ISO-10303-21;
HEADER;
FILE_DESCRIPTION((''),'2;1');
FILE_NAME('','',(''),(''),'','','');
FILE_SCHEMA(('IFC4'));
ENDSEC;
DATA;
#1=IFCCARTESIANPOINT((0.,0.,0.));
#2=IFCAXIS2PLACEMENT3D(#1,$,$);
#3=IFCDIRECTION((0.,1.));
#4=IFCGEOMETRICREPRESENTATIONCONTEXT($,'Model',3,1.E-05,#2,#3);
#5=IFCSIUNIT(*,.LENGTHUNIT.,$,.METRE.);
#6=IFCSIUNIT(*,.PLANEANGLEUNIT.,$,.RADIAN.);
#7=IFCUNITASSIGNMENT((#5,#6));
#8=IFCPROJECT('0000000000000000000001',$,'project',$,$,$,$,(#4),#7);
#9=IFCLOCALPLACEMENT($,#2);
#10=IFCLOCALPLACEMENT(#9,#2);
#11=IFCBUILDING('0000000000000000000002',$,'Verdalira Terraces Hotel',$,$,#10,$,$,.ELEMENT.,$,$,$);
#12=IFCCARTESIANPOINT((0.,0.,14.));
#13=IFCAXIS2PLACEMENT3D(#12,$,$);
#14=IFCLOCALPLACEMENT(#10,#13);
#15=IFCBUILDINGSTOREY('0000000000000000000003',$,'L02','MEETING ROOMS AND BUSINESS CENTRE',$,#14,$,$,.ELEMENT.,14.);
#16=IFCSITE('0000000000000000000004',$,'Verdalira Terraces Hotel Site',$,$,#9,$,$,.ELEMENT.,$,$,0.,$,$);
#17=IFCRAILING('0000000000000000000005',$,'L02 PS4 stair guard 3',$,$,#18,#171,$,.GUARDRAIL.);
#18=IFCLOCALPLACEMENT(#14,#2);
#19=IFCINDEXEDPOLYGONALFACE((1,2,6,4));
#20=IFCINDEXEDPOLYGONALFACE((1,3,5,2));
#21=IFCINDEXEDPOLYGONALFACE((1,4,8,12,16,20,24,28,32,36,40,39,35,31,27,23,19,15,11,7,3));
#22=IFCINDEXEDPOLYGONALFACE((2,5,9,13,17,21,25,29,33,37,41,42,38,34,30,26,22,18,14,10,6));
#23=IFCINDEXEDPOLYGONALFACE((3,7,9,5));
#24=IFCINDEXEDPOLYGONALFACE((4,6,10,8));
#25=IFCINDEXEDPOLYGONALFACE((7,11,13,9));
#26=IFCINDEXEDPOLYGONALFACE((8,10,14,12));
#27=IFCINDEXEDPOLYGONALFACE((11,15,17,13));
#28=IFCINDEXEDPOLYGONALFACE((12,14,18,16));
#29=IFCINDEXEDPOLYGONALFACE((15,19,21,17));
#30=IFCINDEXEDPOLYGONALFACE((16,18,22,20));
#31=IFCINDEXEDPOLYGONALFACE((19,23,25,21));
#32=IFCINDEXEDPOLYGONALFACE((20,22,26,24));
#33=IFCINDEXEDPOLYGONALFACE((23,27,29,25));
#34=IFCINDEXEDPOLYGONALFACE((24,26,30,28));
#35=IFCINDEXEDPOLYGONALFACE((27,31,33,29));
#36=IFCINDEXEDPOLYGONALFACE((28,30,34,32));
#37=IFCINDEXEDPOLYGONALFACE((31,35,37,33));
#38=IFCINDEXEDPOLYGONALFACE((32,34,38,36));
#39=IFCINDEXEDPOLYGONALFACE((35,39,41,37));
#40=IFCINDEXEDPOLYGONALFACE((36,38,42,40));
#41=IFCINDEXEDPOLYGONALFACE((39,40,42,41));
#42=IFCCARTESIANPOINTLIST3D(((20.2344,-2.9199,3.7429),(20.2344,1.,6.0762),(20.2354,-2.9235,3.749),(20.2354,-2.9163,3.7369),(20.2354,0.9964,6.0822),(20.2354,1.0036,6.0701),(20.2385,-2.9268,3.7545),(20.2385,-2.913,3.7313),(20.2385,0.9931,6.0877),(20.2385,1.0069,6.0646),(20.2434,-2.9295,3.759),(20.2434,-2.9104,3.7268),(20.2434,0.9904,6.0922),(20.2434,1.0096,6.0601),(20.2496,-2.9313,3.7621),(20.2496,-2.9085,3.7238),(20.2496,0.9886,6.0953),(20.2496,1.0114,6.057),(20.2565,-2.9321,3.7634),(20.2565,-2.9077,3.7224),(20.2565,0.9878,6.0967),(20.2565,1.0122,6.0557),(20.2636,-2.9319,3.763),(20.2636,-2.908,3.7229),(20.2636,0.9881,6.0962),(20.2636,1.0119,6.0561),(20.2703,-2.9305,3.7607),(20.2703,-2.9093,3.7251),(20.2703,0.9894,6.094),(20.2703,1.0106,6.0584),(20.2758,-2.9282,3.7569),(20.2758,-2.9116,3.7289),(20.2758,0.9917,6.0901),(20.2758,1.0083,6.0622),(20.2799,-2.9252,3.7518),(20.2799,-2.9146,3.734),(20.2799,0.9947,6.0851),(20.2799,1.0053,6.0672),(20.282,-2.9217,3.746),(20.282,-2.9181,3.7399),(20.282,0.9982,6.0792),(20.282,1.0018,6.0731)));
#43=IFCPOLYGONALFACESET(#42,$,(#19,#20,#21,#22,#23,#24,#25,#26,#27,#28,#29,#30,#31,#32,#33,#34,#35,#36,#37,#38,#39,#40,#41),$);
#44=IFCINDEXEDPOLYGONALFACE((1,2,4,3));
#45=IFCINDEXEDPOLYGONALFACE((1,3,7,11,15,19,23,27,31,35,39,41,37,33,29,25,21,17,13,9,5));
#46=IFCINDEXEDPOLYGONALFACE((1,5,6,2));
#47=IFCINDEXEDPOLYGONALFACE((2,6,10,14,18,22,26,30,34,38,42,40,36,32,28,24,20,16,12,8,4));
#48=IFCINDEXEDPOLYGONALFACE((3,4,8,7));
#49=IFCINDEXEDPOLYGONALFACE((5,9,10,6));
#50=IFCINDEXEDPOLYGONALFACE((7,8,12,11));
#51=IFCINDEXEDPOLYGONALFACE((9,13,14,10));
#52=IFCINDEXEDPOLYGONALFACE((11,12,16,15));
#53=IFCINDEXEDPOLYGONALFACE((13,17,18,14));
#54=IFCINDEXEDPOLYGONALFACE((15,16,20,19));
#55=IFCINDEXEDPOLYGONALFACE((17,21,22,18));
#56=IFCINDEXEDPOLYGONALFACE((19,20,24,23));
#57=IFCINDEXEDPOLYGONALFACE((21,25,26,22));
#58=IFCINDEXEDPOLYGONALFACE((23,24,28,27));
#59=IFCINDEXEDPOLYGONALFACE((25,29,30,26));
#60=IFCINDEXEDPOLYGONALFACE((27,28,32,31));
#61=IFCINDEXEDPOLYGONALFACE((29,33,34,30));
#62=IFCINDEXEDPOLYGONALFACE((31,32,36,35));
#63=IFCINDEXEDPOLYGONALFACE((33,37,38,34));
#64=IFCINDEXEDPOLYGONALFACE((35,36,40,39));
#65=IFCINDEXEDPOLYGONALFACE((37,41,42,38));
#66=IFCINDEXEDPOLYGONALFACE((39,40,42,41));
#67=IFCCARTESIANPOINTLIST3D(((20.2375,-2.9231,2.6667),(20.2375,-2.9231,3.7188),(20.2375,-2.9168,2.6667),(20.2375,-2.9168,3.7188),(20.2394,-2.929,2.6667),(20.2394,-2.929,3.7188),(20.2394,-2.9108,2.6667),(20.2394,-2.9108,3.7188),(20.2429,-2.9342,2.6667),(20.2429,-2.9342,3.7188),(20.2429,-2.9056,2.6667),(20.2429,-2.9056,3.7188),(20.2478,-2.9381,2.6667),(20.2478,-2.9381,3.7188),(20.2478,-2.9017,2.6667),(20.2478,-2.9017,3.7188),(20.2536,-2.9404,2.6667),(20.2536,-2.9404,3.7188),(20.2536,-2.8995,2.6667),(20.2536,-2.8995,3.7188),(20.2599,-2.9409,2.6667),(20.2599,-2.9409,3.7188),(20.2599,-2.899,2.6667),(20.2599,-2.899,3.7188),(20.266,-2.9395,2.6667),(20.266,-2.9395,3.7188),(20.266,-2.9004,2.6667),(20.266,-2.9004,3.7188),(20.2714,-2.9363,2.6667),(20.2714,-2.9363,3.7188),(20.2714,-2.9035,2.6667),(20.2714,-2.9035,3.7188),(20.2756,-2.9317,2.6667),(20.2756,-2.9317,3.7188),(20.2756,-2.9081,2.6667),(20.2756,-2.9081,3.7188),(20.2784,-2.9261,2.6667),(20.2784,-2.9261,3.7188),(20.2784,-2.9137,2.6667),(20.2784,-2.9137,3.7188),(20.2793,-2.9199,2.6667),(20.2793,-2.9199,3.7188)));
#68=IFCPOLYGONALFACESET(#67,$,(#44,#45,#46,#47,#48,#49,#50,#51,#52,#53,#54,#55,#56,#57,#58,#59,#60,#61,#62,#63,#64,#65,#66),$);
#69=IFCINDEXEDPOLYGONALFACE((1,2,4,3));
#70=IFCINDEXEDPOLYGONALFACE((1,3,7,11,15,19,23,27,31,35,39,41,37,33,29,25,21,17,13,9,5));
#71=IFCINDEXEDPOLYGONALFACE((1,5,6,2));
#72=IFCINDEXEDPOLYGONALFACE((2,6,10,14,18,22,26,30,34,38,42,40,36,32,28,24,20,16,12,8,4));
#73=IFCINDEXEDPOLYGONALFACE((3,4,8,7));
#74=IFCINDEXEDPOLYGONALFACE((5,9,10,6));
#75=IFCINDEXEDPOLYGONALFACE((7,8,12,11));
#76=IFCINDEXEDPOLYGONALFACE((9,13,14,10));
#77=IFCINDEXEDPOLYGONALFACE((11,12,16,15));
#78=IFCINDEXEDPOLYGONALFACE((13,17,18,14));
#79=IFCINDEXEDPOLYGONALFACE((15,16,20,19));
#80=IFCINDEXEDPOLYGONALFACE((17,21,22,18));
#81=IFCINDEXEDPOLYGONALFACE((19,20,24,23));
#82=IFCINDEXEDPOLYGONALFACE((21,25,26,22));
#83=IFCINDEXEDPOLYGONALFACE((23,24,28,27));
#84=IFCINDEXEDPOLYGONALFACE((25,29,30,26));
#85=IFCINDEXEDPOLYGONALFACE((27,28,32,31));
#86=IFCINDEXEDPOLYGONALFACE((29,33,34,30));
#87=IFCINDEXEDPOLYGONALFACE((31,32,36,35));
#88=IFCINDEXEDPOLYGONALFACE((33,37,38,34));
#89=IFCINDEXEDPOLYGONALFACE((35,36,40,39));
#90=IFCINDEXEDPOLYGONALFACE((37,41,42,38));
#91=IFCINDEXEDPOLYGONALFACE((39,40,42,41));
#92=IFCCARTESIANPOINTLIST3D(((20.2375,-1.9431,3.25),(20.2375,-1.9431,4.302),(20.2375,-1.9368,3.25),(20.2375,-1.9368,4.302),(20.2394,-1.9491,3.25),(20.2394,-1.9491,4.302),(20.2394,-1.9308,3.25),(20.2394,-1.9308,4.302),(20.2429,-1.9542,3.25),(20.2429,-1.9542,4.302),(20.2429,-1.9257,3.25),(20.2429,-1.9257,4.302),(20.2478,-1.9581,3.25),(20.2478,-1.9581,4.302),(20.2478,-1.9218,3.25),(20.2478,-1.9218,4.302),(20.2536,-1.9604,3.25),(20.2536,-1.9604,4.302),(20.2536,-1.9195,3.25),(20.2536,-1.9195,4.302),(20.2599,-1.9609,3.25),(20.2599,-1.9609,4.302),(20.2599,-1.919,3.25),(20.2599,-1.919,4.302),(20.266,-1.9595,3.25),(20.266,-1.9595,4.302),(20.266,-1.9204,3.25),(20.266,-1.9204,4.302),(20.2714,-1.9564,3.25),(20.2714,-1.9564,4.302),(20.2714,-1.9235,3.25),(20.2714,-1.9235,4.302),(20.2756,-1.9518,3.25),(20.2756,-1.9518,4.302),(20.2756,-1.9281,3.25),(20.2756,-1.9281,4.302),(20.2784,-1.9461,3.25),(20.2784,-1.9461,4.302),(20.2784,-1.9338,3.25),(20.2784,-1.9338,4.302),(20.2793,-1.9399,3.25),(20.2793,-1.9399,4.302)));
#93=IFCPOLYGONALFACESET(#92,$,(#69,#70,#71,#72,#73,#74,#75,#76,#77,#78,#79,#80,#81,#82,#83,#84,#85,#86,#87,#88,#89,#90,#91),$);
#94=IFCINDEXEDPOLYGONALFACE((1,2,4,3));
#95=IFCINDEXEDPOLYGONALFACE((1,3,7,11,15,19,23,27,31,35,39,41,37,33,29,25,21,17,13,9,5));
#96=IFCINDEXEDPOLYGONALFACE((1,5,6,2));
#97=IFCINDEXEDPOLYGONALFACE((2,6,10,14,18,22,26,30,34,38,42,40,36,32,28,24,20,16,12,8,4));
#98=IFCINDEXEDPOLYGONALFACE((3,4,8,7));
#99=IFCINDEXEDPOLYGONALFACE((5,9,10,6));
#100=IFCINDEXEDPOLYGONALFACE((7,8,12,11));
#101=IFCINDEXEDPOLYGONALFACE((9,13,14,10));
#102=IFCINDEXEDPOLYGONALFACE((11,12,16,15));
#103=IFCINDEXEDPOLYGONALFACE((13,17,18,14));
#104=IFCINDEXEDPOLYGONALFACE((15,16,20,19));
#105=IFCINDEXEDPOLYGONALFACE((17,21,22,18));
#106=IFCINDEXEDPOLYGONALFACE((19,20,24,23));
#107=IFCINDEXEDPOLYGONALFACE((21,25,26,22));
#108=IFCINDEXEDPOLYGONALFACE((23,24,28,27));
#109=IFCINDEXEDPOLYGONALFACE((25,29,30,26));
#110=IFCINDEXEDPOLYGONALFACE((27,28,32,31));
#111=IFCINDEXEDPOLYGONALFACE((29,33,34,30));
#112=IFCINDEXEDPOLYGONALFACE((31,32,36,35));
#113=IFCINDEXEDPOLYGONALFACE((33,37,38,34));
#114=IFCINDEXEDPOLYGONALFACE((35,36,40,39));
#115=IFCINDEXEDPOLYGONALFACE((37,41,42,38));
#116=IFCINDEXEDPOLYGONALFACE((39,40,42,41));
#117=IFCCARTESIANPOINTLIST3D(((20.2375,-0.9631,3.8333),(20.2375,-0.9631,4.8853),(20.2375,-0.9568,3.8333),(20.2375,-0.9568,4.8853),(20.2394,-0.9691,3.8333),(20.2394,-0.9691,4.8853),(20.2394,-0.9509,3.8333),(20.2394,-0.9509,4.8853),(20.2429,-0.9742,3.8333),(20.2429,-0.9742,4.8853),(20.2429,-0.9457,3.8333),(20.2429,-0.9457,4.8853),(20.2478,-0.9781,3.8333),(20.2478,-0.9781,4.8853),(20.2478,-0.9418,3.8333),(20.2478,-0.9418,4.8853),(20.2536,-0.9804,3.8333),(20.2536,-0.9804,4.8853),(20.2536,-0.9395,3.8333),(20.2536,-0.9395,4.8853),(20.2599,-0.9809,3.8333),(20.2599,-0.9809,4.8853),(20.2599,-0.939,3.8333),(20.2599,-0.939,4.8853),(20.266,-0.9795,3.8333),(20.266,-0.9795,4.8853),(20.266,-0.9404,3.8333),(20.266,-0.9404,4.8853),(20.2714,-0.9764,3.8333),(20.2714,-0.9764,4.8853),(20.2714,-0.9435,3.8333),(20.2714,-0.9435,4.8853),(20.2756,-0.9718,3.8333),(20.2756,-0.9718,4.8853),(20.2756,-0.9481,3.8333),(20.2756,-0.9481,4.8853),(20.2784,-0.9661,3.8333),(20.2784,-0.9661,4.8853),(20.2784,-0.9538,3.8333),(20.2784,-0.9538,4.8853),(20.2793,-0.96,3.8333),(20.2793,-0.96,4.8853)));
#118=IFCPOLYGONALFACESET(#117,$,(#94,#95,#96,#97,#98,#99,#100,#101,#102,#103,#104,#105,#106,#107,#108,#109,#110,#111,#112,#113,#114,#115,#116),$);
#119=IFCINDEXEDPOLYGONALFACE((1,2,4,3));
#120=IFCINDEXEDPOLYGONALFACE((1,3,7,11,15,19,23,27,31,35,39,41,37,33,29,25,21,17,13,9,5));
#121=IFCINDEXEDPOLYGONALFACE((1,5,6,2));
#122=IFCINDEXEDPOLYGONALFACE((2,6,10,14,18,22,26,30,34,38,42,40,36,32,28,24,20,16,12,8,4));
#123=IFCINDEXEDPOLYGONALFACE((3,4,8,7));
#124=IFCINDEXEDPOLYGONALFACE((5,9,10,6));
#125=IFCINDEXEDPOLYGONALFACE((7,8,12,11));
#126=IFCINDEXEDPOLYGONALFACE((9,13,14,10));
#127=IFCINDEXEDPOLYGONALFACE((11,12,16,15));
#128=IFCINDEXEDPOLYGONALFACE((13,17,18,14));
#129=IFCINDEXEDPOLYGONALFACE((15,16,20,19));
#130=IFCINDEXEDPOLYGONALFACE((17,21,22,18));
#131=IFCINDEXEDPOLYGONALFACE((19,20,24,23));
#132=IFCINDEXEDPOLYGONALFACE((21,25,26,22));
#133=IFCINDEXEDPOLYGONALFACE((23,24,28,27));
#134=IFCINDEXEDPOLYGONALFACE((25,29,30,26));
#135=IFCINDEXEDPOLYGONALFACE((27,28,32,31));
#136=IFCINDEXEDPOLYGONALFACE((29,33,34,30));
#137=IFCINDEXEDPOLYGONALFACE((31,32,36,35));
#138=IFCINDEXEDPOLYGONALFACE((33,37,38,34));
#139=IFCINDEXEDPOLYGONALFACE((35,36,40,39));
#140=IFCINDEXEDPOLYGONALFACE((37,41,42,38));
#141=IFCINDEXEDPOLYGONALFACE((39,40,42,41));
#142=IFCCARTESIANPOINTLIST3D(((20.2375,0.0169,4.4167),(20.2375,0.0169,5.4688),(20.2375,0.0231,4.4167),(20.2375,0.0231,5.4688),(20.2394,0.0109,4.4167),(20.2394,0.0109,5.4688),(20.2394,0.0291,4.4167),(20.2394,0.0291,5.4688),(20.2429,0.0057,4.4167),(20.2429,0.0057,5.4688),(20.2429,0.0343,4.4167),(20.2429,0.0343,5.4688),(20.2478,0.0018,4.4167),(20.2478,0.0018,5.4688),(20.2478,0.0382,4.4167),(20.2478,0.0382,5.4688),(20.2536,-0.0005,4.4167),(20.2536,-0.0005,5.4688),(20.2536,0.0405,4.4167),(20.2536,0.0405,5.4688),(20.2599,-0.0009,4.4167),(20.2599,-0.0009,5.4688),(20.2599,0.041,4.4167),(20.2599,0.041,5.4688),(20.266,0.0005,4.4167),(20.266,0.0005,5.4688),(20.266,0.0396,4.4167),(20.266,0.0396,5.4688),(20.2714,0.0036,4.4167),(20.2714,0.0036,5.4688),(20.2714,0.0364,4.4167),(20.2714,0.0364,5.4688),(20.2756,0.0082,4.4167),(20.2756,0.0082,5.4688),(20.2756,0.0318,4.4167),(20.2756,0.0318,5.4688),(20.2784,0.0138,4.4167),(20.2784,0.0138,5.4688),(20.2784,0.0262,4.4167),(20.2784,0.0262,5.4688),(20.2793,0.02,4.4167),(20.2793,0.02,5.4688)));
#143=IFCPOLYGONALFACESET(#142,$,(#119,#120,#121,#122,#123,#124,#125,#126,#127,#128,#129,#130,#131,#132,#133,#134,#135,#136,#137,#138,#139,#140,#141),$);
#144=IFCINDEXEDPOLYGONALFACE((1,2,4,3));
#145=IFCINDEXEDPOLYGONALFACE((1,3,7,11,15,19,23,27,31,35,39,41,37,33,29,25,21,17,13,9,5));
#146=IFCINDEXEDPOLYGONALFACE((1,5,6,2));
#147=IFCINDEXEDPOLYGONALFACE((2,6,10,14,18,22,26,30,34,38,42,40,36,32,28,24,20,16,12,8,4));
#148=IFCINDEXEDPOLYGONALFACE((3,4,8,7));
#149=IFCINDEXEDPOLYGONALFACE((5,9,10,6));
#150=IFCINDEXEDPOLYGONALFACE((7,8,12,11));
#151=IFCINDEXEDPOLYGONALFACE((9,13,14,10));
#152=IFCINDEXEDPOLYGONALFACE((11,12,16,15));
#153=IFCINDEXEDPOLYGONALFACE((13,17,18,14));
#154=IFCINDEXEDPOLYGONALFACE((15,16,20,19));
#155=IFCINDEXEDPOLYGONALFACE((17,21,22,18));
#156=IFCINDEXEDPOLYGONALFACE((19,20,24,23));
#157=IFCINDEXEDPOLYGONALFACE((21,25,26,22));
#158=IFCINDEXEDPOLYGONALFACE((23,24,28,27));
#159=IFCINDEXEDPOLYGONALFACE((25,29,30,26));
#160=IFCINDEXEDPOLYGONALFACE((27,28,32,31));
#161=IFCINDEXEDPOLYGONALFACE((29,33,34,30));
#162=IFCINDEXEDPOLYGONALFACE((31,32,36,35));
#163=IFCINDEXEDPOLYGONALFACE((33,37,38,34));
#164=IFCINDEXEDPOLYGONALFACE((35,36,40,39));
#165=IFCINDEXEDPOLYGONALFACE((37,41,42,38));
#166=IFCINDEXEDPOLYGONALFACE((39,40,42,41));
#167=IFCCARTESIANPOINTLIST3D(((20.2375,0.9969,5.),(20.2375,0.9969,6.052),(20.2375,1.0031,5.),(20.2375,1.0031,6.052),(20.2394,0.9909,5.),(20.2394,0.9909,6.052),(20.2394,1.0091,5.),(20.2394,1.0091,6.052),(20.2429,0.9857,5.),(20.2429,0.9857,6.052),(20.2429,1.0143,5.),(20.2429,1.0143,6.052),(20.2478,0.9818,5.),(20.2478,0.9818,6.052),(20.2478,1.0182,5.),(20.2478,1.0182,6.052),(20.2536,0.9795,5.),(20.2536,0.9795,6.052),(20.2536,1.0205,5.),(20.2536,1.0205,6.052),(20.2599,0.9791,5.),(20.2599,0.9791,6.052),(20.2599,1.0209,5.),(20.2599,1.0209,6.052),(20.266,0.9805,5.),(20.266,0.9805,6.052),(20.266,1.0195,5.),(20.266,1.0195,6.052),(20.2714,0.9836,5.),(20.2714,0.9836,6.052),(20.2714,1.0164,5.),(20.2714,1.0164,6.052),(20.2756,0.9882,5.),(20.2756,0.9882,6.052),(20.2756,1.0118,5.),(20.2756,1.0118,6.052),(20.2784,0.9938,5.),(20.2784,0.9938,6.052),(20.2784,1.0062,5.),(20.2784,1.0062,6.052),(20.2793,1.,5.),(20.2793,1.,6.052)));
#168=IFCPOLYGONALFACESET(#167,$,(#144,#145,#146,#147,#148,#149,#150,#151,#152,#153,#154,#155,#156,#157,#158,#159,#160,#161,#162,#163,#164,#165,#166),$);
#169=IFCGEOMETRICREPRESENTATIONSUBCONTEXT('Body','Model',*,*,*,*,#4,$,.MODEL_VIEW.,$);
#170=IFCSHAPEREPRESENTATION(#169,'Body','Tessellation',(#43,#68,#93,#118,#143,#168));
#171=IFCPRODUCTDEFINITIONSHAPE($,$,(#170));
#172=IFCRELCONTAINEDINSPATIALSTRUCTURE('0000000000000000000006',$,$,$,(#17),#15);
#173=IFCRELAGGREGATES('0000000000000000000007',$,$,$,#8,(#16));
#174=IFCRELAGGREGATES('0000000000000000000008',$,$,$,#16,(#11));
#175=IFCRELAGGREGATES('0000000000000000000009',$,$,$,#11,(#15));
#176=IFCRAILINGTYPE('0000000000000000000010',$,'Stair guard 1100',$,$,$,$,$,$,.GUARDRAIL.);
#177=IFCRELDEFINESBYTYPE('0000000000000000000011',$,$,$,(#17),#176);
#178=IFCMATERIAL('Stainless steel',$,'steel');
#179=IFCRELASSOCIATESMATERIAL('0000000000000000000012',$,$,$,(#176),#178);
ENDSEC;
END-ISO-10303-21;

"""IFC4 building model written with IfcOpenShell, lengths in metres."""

from ifc_helpers import new_model, si_unit, direction, frame, origin, origin_2d, place, context, subcontext, project, spatial, circle, extrude, material, type_object, element, save


model = new_model("IFC4")

# Units and contexts
model_context = context("Model", 3, precision=1e-05, world=origin(), true_north=direction((0.0, 1.0)))
body_context = subcontext(model_context, "Body", "Model", "MODEL_VIEW")
ifc_project = project(units=[si_unit("LENGTHUNIT", "METRE"), si_unit("PLANEANGLEUNIT", "RADIAN")], contexts=[model_context])

# Site, building, storey
site_placement = place(None, origin())
site = spatial("IfcSite", under=ifc_project, at=site_placement, Name="Verdalira Terraces Hotel Site", CompositionType="ELEMENT", RefElevation=0.0)
building_placement = place(site_placement, origin())
building = spatial("IfcBuilding", under=site, at=building_placement, Name="Verdalira Terraces Hotel", CompositionType="ELEMENT")
storey_placement = place(building_placement, frame((0.0, 0.0, 14.0)))
storey = spatial("IfcBuildingStorey", under=building, at=storey_placement, Name="L02", Description="MEETING ROOMS AND BUSINESS CENTRE", CompositionType="ELEMENT", Elevation=14.0)

# Railing
ifc_material_1 = material(Name="Stainless steel", Category="steel")
railing_type_1 = type_object("IfcRailingType", Name="Stair guard 1100", PredefinedType="GUARDRAIL", material=ifc_material_1)
railing_1_placement = place(storey_placement, frame((20.2583, -2.9199, 2.6667)))
element("IfcRailing", 1, at=railing_1_placement, inside=storey, type_object=railing_type_1, Name="L02 PS4 stair guard 3", PredefinedType="GUARDRAIL", context=body_context, shape_type="SweptSolid", body=[
    extrude(circle(Radius=0.0239, at=origin_2d()), frame((0.0, 0.0, 1.0762), z_axis=(0.0, 0.859296, 0.511478), x_axis=(-1.0, 0.0, 0.0)), (0.0, 0.0, 1.0), 4.5618),
    extrude(circle(Radius=0.021, at=origin_2d()), origin(), (0.0, 0.0, 1.0), 1.052),
    extrude(circle(Radius=0.021, at=origin_2d()), frame((0.0, 0.98, 0.5833)), (0.0, 0.0, 1.0), 1.052),
    extrude(circle(Radius=0.021, at=origin_2d()), frame((0.0, 1.96, 1.1665)), (0.0, 0.0, 1.0), 1.052),
    extrude(circle(Radius=0.021, at=origin_2d()), frame((0.0, 2.9399, 1.75)), (0.0, 0.0, 1.0), 1.052),
    extrude(circle(Radius=0.021, at=origin_2d()), frame((0.0, 3.9199, 2.3333)), (0.0, 0.0, 1.0), 1.052),
])

save(model, "model.ifc")
